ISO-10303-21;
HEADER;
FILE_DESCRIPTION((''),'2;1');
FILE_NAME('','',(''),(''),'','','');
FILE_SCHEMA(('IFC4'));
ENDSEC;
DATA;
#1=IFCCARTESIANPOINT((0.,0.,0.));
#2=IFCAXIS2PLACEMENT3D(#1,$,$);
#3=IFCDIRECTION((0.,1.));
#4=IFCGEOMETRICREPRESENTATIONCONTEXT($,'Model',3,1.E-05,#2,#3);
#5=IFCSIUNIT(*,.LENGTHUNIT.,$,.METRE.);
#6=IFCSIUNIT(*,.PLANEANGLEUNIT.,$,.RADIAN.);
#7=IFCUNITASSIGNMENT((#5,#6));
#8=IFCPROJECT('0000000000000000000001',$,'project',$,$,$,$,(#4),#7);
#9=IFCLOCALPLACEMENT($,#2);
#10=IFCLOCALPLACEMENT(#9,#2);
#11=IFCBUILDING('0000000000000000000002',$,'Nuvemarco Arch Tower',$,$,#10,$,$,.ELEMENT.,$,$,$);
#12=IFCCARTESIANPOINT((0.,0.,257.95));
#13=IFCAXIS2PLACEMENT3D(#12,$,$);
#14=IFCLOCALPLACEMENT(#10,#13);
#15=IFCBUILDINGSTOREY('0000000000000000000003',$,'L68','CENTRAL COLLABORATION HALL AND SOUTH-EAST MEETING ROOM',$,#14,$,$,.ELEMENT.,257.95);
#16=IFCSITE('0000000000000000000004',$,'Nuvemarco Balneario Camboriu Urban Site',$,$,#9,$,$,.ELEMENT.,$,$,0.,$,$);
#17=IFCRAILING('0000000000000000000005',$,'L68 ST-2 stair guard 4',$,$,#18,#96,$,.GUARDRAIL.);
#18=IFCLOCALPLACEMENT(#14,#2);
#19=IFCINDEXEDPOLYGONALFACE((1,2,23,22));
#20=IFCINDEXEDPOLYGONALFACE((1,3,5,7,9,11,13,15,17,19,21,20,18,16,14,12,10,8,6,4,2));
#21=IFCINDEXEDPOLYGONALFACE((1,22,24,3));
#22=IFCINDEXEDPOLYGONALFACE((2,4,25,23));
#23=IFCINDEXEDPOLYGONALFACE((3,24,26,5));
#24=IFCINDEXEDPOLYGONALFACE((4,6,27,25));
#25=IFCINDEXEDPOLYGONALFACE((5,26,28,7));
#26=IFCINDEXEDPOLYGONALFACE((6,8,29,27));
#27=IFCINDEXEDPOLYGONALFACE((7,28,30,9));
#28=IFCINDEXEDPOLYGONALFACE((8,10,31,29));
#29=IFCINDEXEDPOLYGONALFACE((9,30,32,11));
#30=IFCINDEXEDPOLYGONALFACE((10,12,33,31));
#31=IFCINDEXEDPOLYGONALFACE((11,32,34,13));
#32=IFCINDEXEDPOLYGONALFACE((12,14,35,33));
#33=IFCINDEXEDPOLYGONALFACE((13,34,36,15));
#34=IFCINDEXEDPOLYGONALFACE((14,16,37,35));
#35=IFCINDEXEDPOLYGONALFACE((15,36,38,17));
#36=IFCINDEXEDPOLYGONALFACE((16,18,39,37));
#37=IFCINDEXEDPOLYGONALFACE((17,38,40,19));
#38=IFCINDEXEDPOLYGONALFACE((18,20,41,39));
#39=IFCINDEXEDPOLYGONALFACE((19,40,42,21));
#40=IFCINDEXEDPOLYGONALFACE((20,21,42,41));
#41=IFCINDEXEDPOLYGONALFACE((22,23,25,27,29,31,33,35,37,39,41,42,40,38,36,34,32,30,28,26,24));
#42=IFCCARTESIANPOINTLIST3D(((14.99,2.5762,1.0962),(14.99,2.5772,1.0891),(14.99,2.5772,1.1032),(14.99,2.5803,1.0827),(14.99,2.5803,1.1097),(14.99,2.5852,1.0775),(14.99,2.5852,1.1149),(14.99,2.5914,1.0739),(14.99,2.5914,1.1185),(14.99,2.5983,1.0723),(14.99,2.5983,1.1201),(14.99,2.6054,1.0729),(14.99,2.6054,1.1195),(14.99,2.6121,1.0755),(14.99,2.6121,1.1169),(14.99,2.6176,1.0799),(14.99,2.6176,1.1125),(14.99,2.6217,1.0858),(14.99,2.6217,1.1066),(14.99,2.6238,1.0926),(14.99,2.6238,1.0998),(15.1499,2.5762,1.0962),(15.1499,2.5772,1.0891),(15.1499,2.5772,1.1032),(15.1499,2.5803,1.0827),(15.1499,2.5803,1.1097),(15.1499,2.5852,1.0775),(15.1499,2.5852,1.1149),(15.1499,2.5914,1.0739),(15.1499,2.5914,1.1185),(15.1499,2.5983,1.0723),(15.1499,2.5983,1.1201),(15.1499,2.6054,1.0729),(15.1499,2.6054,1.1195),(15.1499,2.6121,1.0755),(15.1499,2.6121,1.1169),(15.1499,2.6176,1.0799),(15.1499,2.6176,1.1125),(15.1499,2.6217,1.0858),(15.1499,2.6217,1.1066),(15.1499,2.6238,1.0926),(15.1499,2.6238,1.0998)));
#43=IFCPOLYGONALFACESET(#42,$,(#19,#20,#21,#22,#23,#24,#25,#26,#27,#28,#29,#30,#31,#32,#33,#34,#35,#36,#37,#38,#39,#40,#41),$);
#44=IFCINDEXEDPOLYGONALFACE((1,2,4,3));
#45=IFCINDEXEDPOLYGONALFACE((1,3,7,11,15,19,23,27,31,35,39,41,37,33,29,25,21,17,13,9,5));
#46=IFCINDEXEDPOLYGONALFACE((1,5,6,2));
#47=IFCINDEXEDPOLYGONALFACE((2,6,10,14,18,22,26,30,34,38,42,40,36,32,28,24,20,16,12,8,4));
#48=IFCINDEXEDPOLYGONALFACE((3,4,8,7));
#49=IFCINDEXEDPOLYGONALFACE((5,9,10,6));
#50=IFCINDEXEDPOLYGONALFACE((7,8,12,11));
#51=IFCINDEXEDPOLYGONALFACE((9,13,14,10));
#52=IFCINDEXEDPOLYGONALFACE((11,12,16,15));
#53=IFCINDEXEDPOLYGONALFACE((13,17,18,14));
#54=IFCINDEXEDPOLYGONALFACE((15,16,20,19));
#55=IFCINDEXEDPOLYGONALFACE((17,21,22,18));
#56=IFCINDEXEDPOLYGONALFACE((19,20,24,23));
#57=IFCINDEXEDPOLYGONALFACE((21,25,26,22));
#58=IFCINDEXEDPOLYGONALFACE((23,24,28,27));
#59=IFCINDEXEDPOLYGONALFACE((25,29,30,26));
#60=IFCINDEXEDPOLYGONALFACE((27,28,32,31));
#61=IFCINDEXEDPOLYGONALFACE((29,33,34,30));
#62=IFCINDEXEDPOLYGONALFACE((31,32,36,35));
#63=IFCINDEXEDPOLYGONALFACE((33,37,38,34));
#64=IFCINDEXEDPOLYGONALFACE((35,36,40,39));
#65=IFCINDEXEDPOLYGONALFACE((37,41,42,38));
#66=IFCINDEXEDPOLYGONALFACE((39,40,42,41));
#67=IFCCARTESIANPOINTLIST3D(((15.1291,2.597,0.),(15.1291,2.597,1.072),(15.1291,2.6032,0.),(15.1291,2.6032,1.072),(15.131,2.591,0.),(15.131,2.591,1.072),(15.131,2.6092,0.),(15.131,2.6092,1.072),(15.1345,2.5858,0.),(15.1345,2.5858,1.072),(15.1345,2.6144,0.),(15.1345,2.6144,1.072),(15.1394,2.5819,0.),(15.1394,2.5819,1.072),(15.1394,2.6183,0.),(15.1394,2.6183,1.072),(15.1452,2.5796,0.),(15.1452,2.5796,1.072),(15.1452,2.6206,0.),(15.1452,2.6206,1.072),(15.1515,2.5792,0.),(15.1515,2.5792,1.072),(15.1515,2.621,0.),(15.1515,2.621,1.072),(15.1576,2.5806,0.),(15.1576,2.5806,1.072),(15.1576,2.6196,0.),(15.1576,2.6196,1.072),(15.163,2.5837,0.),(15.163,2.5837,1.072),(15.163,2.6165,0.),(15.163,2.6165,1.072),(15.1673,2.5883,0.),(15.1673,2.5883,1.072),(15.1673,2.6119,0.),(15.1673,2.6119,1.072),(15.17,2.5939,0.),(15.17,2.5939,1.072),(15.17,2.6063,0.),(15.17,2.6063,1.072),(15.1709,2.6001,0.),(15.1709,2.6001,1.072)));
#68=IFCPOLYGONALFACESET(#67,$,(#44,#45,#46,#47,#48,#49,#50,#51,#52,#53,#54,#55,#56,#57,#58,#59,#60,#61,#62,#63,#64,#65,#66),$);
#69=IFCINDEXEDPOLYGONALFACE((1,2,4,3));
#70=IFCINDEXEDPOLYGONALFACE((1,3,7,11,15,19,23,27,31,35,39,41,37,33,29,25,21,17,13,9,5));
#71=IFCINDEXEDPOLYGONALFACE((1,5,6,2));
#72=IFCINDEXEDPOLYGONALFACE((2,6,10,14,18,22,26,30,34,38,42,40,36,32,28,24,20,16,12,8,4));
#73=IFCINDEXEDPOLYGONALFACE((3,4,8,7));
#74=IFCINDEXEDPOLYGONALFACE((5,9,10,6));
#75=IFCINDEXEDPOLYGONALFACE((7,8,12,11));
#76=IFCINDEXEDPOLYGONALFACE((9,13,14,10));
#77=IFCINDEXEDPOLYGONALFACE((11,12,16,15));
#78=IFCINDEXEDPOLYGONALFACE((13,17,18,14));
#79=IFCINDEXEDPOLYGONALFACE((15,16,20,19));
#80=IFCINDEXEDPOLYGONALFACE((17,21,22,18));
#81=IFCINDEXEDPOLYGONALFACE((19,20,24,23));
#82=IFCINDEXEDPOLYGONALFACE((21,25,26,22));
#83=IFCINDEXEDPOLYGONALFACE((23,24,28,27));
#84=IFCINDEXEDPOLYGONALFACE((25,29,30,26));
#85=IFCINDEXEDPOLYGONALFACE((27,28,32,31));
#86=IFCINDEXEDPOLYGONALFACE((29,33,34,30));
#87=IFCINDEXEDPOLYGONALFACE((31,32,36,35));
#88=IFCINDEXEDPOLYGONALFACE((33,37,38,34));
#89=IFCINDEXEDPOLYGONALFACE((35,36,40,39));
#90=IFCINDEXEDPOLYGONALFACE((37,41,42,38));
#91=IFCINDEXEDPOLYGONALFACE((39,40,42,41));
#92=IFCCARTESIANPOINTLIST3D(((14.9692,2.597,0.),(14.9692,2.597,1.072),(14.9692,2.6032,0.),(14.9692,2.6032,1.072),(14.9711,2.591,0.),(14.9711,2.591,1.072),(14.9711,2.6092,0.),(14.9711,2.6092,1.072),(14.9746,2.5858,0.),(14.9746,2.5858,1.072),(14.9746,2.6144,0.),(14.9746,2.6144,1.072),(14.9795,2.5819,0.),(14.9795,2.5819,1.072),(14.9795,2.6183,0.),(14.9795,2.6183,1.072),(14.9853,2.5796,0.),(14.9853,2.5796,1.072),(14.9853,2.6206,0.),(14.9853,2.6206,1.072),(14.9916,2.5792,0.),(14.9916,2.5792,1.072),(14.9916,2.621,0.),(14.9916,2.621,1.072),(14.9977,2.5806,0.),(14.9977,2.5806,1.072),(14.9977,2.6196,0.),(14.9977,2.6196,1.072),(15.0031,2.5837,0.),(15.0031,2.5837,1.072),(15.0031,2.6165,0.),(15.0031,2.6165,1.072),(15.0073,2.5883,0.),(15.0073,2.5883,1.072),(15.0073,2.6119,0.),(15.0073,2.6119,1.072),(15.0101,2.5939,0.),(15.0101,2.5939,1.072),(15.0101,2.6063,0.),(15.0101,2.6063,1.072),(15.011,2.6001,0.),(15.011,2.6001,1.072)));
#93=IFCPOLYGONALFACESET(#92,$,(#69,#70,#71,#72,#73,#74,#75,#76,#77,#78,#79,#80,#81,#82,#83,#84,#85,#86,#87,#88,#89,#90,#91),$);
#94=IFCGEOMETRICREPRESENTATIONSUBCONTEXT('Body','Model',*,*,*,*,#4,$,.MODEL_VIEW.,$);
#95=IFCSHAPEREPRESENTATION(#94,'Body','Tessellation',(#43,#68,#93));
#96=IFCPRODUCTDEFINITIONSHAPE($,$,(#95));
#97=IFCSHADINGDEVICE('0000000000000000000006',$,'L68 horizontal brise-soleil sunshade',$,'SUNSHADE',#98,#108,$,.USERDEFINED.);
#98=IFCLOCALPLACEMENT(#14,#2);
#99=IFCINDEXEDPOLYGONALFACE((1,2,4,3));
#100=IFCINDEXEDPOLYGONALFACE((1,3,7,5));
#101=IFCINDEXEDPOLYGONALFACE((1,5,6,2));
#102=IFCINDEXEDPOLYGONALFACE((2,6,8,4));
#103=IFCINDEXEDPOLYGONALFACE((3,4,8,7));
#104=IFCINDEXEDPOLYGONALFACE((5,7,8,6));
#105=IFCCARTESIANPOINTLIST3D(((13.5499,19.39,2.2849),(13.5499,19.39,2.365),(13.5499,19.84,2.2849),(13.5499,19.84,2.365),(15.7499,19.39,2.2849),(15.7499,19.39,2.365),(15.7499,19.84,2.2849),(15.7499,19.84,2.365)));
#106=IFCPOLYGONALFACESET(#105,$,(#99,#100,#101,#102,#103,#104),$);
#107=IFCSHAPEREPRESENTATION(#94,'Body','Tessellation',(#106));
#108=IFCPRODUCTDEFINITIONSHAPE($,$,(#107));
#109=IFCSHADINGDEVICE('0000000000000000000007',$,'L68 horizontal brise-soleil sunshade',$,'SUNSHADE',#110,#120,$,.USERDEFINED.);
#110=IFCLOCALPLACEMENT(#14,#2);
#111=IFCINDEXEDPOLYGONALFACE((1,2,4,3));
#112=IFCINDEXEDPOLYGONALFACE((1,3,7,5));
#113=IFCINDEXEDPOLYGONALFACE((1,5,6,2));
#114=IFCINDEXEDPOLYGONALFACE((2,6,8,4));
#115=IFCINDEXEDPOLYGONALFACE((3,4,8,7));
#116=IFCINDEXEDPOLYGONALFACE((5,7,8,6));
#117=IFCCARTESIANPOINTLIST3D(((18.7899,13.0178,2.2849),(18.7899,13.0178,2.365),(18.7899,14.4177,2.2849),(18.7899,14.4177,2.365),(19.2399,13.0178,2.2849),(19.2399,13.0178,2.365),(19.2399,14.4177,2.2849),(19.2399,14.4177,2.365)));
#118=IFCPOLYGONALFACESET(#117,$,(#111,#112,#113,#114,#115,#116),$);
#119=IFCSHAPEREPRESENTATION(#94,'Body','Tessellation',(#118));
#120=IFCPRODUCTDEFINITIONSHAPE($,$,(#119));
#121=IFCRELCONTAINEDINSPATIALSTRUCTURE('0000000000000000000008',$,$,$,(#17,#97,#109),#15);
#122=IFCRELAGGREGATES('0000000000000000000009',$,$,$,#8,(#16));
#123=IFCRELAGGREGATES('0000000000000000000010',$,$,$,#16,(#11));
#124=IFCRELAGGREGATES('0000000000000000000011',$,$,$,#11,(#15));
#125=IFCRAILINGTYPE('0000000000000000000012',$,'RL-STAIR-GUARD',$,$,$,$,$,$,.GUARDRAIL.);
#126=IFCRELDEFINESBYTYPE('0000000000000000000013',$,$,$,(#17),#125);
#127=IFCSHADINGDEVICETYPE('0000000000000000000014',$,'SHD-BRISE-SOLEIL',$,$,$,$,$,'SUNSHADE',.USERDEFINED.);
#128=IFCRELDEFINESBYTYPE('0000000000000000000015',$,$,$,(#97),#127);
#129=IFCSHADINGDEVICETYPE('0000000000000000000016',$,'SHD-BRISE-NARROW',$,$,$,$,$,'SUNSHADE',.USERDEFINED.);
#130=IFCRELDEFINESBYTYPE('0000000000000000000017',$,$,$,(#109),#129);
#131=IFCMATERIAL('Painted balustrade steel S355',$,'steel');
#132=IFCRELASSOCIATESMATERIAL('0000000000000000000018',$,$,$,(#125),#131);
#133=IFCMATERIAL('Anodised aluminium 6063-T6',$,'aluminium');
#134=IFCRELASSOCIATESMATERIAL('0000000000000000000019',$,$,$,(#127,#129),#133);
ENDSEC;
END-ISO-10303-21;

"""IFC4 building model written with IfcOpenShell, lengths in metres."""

from ifc_helpers import new_model, si_unit, direction, frame, origin, origin_2d, place, context, subcontext, project, spatial, rectangle, circle, extrude, source, transform, mapped, material, type_object, type_shapes, element, save


model = new_model("IFC4")

# Units and contexts
model_context = context("Model", 3, precision=1e-05, world=origin(), true_north=direction((0.0, 1.0)))
body_context = subcontext(model_context, "Body", "Model", "MODEL_VIEW")
ifc_project = project(units=[si_unit("LENGTHUNIT", "METRE"), si_unit("PLANEANGLEUNIT", "RADIAN")], contexts=[model_context])

# Site, building, storey
site_placement = place(None, origin())
site = spatial("IfcSite", under=ifc_project, at=site_placement, Name="Nuvemarco Balneario Camboriu Urban Site", CompositionType="ELEMENT", RefElevation=0.0)
building_placement = place(site_placement, origin())
building = spatial("IfcBuilding", under=site, at=building_placement, Name="Nuvemarco Arch Tower", CompositionType="ELEMENT")
storey_placement = place(building_placement, frame((0.0, 0.0, 257.95)))
storey = spatial("IfcBuildingStorey", under=building, at=storey_placement, Name="L68", Description="CENTRAL COLLABORATION HALL AND SOUTH-EAST MEETING ROOM", CompositionType="ELEMENT", Elevation=257.95)

# Railing
ifc_material_1 = material(Name="Painted balustrade steel S355", Category="steel")
railing_type_1 = type_object("IfcRailingType", Name="RL-STAIR-GUARD", PredefinedType="GUARDRAIL", material=ifc_material_1)
railing_1_placement = place(storey_placement, frame((15.1499, 2.6001, 0.0)))
element("IfcRailing", 1, at=railing_1_placement, inside=storey, type_object=railing_type_1, Name="L68 ST-2 stair guard 4", PredefinedType="GUARDRAIL", context=body_context, shape_type="SweptSolid", body=[
    extrude(circle(Radius=0.0239, at=origin_2d()), frame((0.0, 0.0, 1.0962), z_axis=(-1.0, 0.0, 0.0), x_axis=(0.0, -1.0, 0.0)), (0.0, 0.0, 1.0), 0.1599),
    extrude(circle(Radius=0.021, at=origin_2d()), origin(), (0.0, 0.0, 1.0), 1.072),
    extrude(circle(Radius=0.021, at=origin_2d()), frame((-0.1599, 0.0, 0.0)), (0.0, 0.0, 1.0), 1.072),
])

# Shading devices
ifc_material_2 = material(Name="Anodised aluminium 6063-T6", Category="aluminium")
shading_device_type_1 = type_object("IfcShadingDeviceType", Name="SHD-BRISE-SOLEIL", ElementType="SUNSHADE", PredefinedType="USERDEFINED", material=ifc_material_2)
shared_shape_1 = source(origin(), body_context, "Body", "SweptSolid", [
    extrude(rectangle(XDim=2.2, YDim=0.45, at=origin_2d()), origin(), (0.0, 0.0, 1.0), 0.0801),
])
type_shapes(shading_device_type_1, [shared_shape_1])
shading_device_1_placement = place(storey_placement, frame((14.6499, 19.615, 2.2849), z_axis=(0.0, 0.0, 1.0), x_axis=(1.0, 0.0, 0.0)))
element("IfcShadingDevice", 2, at=shading_device_1_placement, inside=storey, type_object=shading_device_type_1, Name="L68 horizontal brise-soleil sunshade", ObjectType="SUNSHADE", PredefinedType="USERDEFINED", context=body_context, shape_type="MappedRepresentation", body=[
    mapped(shared_shape_1, transform((0.0, 0.0, 0.0), scale=1.0)),
])
shading_device_type_2 = type_object("IfcShadingDeviceType", Name="SHD-BRISE-NARROW", ElementType="SUNSHADE", PredefinedType="USERDEFINED", material=ifc_material_2)
shared_shape_2 = source(origin(), body_context, "Body", "SweptSolid", [
    extrude(rectangle(XDim=1.3999, YDim=0.45, at=origin_2d()), origin(), (0.0, 0.0, 1.0), 0.0801),
])
type_shapes(shading_device_type_2, [shared_shape_2])
shading_device_2_placement = place(storey_placement, frame((19.0149, 13.7178, 2.2849), z_axis=(0.0, 0.0, 1.0), x_axis=(0.0, 1.0, 0.0)))
element("IfcShadingDevice", 3, at=shading_device_2_placement, inside=storey, type_object=shading_device_type_2, Name="L68 horizontal brise-soleil sunshade", ObjectType="SUNSHADE", PredefinedType="USERDEFINED", context=body_context, shape_type="MappedRepresentation", body=[
    mapped(shared_shape_2, transform((0.0, 0.0, 0.0), scale=1.0)),
])

save(model, "model.ifc")
